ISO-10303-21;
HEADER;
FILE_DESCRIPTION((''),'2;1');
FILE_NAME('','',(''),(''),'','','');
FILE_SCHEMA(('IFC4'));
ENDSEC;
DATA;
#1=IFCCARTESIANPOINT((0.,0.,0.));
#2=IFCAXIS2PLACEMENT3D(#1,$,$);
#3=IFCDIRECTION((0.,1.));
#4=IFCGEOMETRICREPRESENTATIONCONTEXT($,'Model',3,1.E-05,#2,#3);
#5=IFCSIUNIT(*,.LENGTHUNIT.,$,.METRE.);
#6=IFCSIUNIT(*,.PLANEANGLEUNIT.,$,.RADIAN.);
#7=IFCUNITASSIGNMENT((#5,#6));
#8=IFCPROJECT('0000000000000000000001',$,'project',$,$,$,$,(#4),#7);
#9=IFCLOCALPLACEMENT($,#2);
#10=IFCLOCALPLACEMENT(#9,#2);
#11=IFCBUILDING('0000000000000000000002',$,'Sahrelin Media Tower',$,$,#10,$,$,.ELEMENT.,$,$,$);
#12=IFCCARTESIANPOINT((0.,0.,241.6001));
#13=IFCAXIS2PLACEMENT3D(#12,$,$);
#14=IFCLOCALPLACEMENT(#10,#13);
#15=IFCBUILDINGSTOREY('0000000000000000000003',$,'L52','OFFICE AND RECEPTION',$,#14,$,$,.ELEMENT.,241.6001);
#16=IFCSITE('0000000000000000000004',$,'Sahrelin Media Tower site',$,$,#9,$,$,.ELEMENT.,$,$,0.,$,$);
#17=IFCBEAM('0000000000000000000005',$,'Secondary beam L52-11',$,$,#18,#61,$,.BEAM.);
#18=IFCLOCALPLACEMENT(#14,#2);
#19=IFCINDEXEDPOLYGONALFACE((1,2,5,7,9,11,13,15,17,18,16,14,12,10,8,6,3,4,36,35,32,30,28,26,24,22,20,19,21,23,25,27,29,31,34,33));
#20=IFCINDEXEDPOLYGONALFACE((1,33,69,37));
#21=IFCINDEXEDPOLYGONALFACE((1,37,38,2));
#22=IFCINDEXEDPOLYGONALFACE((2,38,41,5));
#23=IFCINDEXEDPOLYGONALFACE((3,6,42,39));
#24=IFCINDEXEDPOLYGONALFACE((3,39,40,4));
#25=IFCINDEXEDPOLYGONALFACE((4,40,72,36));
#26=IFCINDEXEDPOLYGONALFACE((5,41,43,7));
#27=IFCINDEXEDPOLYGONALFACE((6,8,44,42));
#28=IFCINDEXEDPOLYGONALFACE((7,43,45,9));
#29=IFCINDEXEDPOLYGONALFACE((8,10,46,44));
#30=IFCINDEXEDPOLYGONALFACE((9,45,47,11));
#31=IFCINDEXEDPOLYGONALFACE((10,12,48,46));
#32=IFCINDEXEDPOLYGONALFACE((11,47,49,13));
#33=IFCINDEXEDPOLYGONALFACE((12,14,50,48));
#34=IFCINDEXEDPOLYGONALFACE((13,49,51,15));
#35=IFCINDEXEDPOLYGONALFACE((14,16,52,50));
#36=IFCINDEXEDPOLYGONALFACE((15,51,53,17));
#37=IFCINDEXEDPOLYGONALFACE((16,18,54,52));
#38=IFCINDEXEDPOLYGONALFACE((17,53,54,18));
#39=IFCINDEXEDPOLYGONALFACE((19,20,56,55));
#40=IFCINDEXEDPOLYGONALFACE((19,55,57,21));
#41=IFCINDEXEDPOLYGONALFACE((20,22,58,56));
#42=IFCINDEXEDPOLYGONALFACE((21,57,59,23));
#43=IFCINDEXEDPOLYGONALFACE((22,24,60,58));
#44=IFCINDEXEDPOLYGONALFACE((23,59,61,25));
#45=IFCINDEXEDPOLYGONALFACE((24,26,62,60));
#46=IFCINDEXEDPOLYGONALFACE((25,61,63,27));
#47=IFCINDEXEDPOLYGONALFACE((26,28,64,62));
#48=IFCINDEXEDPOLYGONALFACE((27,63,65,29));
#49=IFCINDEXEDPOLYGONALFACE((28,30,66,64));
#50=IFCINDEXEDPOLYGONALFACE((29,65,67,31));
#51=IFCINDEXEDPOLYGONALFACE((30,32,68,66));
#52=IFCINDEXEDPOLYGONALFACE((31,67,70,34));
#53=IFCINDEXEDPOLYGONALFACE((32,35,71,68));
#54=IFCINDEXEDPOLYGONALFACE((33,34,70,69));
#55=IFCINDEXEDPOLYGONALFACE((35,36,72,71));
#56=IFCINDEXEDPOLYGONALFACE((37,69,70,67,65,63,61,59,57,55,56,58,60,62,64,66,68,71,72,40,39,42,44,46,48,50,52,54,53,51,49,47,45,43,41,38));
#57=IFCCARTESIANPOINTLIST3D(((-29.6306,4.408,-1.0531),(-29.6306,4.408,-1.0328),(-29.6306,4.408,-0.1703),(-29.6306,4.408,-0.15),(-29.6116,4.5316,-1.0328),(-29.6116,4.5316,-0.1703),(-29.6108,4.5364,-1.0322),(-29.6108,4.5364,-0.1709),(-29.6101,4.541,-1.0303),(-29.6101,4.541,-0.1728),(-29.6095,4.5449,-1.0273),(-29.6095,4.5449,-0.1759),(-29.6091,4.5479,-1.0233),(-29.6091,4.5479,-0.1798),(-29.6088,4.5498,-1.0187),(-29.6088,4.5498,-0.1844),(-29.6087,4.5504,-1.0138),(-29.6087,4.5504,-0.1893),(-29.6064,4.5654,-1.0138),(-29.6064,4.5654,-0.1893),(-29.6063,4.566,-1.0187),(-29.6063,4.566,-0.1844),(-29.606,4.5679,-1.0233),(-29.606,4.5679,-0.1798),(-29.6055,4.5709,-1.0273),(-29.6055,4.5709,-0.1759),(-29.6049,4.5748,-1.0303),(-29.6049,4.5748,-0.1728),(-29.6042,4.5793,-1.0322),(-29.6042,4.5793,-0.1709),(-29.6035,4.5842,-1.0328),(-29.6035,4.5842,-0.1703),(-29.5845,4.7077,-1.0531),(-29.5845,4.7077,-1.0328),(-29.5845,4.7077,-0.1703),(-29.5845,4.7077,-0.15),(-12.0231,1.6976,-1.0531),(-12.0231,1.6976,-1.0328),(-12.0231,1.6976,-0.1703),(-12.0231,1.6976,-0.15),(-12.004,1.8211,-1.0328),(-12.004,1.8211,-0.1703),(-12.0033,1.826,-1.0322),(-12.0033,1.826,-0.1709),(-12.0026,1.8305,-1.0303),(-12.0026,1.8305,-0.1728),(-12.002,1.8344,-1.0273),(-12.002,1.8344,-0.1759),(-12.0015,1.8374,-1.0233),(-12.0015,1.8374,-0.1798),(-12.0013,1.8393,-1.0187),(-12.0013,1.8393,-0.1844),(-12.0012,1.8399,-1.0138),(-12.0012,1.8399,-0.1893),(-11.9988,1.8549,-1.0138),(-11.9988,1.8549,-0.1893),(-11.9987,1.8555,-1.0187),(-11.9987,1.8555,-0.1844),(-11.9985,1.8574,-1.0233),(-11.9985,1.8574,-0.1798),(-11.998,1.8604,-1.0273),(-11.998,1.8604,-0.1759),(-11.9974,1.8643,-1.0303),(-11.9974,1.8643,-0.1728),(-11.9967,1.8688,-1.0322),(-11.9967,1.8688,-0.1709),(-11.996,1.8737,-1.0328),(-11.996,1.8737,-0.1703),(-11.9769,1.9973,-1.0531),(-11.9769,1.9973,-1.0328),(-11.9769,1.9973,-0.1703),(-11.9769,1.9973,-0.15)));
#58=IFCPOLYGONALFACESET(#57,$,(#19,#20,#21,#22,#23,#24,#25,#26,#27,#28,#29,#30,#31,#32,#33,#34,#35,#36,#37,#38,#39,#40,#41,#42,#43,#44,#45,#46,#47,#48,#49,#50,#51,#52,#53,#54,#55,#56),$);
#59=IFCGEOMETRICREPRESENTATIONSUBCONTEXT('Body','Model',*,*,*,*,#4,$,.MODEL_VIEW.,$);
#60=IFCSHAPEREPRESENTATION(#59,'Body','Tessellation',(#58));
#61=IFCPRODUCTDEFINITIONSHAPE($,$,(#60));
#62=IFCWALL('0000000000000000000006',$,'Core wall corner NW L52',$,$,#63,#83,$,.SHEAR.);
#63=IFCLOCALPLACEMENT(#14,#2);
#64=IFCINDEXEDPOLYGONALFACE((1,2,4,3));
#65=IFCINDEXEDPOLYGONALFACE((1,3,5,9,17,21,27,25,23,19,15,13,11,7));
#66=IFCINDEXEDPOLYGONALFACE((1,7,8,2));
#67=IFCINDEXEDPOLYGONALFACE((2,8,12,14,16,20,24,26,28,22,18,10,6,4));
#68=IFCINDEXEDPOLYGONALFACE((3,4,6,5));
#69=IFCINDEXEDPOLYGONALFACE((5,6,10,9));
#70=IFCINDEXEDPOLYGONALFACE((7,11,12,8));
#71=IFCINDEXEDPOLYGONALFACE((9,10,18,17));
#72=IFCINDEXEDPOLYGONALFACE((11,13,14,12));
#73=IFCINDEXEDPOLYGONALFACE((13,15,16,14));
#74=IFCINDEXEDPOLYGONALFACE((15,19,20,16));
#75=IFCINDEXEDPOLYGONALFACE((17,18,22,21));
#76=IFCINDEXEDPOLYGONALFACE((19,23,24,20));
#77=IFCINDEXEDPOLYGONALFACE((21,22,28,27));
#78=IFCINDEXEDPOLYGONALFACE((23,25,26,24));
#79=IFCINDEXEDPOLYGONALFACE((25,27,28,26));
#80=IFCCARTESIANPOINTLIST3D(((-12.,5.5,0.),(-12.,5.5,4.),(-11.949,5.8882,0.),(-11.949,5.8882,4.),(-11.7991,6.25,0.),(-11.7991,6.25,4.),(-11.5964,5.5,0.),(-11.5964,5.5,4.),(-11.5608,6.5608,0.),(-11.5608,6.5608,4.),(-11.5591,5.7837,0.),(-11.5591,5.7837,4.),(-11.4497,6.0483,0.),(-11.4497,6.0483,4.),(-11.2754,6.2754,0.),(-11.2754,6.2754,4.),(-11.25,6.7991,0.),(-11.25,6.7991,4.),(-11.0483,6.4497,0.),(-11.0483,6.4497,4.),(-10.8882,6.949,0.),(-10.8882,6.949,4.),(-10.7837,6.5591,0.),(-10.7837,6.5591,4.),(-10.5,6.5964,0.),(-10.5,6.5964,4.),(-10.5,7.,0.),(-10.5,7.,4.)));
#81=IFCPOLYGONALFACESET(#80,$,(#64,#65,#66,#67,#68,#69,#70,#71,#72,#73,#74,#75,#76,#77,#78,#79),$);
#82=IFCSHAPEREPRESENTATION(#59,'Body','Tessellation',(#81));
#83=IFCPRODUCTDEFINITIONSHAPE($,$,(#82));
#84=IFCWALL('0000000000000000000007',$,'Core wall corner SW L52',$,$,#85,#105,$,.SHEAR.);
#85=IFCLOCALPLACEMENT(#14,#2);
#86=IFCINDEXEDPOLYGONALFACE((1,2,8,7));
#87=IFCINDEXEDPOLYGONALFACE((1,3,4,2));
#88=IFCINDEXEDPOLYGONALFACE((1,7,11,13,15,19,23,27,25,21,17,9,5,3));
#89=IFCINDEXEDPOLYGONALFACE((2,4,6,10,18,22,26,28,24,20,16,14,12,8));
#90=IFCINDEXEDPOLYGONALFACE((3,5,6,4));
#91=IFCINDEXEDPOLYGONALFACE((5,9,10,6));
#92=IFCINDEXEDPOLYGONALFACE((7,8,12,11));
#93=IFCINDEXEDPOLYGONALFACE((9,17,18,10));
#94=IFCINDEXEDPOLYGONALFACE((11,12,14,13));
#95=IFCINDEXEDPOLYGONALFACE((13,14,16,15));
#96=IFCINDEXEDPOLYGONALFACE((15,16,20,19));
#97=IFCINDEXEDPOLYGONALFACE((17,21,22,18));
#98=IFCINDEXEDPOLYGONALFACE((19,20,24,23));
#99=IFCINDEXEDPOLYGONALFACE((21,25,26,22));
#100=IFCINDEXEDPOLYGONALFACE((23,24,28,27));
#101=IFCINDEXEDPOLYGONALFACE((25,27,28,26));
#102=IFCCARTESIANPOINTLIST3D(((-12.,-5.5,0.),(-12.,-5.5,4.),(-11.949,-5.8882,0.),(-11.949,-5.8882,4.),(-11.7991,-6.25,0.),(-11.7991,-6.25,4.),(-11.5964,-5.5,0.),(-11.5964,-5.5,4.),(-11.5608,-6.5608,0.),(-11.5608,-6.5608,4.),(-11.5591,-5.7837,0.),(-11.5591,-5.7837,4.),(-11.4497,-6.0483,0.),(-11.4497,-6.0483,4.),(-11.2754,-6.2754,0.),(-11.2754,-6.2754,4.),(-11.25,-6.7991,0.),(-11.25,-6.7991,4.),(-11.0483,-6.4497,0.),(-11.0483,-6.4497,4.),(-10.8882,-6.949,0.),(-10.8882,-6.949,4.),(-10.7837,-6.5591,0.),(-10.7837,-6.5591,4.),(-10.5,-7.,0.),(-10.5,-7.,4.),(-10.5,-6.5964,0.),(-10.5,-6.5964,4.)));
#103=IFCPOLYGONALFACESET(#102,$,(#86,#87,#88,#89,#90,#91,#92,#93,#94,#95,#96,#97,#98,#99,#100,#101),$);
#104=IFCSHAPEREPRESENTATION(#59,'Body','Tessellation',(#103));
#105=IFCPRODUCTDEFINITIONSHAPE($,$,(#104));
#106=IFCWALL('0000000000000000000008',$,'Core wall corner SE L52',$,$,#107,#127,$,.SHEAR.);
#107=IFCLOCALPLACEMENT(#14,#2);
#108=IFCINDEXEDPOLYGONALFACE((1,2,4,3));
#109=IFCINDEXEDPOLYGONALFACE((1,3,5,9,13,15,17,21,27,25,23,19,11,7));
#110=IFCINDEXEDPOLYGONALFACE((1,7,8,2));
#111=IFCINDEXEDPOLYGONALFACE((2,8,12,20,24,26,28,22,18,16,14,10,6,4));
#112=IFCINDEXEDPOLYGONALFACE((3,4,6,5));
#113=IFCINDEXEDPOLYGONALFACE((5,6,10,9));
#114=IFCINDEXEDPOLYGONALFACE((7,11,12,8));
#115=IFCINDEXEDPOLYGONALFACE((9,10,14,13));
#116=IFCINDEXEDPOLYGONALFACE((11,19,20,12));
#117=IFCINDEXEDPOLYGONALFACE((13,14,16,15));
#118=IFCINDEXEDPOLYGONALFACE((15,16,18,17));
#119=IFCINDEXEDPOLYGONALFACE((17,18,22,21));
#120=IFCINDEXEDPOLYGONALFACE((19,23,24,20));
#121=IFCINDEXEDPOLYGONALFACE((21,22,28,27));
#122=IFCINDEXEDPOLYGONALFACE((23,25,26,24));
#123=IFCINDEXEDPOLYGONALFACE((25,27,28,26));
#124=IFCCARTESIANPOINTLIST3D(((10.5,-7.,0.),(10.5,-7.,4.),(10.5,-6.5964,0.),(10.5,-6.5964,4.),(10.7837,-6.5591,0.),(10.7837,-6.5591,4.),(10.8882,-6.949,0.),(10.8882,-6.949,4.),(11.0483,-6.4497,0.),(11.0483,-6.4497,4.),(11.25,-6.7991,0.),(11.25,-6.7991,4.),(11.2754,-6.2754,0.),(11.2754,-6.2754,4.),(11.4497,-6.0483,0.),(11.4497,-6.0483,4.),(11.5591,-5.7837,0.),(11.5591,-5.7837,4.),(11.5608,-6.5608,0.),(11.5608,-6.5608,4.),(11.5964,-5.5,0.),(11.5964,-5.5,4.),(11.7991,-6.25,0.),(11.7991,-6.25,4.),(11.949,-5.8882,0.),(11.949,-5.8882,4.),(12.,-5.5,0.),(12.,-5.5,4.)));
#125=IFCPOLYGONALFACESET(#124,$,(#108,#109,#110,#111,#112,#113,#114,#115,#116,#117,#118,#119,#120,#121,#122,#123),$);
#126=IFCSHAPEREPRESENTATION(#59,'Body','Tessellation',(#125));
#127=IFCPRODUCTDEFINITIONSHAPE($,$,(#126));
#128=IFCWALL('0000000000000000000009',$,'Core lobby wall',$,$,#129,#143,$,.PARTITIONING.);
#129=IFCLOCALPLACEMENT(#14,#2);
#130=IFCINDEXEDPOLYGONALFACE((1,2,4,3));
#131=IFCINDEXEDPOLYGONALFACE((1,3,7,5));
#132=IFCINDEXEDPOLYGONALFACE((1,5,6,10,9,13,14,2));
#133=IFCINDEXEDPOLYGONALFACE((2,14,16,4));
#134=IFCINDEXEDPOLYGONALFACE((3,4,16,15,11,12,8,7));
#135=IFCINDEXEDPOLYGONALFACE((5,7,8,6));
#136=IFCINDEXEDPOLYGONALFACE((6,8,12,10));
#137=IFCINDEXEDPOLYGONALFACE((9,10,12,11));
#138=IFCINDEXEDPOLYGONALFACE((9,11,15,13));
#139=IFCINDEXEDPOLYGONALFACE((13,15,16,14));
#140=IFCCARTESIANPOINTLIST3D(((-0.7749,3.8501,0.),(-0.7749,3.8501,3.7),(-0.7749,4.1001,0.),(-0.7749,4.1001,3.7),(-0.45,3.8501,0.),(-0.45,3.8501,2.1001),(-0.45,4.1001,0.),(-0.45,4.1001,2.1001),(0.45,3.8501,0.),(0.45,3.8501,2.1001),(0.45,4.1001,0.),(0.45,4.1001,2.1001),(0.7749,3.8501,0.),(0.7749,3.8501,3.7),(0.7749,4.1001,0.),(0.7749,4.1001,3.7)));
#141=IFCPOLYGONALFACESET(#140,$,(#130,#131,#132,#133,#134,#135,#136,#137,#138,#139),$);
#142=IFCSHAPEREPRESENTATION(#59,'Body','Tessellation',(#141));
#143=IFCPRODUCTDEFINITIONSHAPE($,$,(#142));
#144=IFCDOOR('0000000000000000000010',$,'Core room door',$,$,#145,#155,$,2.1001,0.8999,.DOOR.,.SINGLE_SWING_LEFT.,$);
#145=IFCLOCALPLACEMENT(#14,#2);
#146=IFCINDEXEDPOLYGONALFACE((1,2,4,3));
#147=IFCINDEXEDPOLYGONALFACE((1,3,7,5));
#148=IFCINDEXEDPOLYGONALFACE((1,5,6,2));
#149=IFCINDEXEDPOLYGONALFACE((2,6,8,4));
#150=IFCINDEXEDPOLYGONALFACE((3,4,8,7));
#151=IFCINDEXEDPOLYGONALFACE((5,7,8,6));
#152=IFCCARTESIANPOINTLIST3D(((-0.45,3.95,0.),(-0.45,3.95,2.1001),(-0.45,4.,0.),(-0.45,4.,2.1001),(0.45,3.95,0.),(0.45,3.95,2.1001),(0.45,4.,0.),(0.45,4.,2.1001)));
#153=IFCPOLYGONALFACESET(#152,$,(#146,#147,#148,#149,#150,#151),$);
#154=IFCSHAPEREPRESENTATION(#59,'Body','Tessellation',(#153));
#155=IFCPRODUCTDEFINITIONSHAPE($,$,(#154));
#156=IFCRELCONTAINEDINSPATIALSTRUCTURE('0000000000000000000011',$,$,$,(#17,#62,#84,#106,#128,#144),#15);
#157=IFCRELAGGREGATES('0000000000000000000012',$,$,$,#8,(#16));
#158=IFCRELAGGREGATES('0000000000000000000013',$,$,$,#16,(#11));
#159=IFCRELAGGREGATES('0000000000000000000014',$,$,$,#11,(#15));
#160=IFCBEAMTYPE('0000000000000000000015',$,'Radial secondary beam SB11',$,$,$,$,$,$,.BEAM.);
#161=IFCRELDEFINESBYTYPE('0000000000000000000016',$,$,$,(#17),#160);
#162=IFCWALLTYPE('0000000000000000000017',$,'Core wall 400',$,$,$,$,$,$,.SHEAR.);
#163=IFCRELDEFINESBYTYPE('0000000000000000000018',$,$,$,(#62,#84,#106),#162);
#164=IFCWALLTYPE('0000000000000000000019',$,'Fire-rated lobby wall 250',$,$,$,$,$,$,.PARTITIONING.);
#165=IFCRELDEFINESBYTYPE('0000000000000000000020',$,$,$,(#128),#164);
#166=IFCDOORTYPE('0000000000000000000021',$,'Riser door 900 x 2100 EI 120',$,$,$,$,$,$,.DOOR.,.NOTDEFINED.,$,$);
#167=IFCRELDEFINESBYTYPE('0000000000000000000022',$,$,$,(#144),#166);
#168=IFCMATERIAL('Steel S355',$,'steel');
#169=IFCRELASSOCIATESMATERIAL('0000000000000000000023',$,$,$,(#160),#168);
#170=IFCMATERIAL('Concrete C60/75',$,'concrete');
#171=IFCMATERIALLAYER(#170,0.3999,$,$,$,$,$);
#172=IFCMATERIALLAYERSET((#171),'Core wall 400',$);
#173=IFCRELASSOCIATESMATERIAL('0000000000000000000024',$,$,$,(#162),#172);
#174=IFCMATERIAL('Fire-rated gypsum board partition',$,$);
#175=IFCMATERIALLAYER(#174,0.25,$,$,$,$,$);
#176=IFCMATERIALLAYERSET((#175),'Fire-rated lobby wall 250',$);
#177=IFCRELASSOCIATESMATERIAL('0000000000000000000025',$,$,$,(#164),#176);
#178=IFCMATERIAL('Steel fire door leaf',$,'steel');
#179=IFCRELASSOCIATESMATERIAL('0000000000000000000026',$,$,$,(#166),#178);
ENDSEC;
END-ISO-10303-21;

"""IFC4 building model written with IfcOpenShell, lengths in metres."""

from ifc_helpers import new_model, si_unit, direction, frame, frame_2d, origin, origin_2d, place, context, subcontext, project, spatial, polyline, rectangle, i_section, outline, extrude, material, layer, layer_set, material_profile, profile_set, type_object, element, fill, save


model = new_model("IFC4")

# Units and contexts
model_context = context("Model", 3, precision=1e-05, world=origin(), true_north=direction((0.0, 1.0)))
body_context = subcontext(model_context, "Body", "Model", "MODEL_VIEW")
ifc_project = project(units=[si_unit("LENGTHUNIT", "METRE"), si_unit("PLANEANGLEUNIT", "RADIAN")], contexts=[model_context])

# Site, building, storey
site_placement = place(None, origin())
site = spatial("IfcSite", under=ifc_project, at=site_placement, Name="Sahrelin Media Tower site", CompositionType="ELEMENT", RefElevation=0.0)
building_placement = place(site_placement, origin())
building = spatial("IfcBuilding", under=site, at=building_placement, Name="Sahrelin Media Tower", CompositionType="ELEMENT")
storey_placement = place(building_placement, frame((0.0, 0.0, 241.6001)))
storey = spatial("IfcBuildingStorey", under=building, at=storey_placement, Name="L52", Description="OFFICE AND RECEPTION", CompositionType="ELEMENT", Elevation=241.6001)

# Beam
ifc_material_1 = material(Name="Steel S355", Category="steel")
ifc_material_profile_1 = material_profile(ifc_material_1, i_section(OverallWidth=0.3032, OverallDepth=0.9031, WebThickness=0.0151, FlangeThickness=0.0203, FilletRadius=0.019, at=origin_2d()), Name="UB 914x305x201")
ifc_profile_set_1 = profile_set([ifc_material_profile_1], Name="Steel S355")
beam_type_1 = type_object("IfcBeamType", Name="Radial secondary beam SB11", PredefinedType="BEAM", material=ifc_profile_set_1)
beam_1_placement = place(storey_placement, frame((-12.0, 1.8474, -0.6016), z_axis=(-0.988358, 0.152146, 0.0), x_axis=(-0.152146, -0.988358, 0.0)))
element("IfcBeam", 1, at=beam_1_placement, inside=storey, type_object=beam_type_1, Name="Secondary beam L52-11", PredefinedType="BEAM", context=body_context, shape_type="SweptSolid", body=[
    extrude(i_section(OverallWidth=0.3032, OverallDepth=0.9031, WebThickness=0.0151, FlangeThickness=0.0203, FilletRadius=0.019, at=origin_2d()), origin(), (0.0, 0.0, 1.0), 17.8149),
])

# Walls
ifc_material_2 = material(Name="Concrete C60/75", Category="concrete")
ifc_layer_1 = layer(ifc_material_2, 0.3999)
ifc_layer_set_1 = layer_set([ifc_layer_1], Name="Core wall 400")
wall_type_1 = type_object("IfcWallType", Name="Core wall 400", PredefinedType="SHEAR", material=ifc_layer_set_1)
placement = place(storey_placement, origin())
element("IfcWall", 2, at=placement, inside=storey, type_object=wall_type_1, Name="Core wall corner NW L52", PredefinedType="SHEAR", context=body_context, shape_type="SweptSolid", body=[
    extrude(outline(polyline([(-12.0, 5.5), (-11.5964, 5.5), (-11.5591, 5.7837), (-11.4497, 6.0483), (-11.2754, 6.2754), (-11.0483, 6.4497), (-10.7837, 6.5591), (-10.5, 6.5964), (-10.5, 7.0), (-10.8882, 6.949), (-11.25, 6.7991), (-11.5608, 6.5608), (-11.7991, 6.25), (-11.949, 5.8882), (-12.0, 5.5)])), origin(), (0.0, 0.0, 1.0), 4.0),
])
element("IfcWall", 3, at=placement, inside=storey, type_object=wall_type_1, Name="Core wall corner SW L52", PredefinedType="SHEAR", context=body_context, shape_type="SweptSolid", body=[
    extrude(outline(polyline([(-10.5, -7.0), (-10.5, -6.5964), (-10.7837, -6.5591), (-11.0483, -6.4497), (-11.2754, -6.2754), (-11.4497, -6.0483), (-11.5591, -5.7837), (-11.5964, -5.5), (-12.0, -5.5), (-11.949, -5.8882), (-11.7991, -6.25), (-11.5608, -6.5608), (-11.25, -6.7991), (-10.8882, -6.949), (-10.5, -7.0)])), origin(), (0.0, 0.0, 1.0), 4.0),
])
element("IfcWall", 4, at=placement, inside=storey, type_object=wall_type_1, Name="Core wall corner SE L52", PredefinedType="SHEAR", context=body_context, shape_type="SweptSolid", body=[
    extrude(outline(polyline([(12.0, -5.5), (11.5964, -5.5), (11.5591, -5.7837), (11.4497, -6.0483), (11.2754, -6.2754), (11.0483, -6.4497), (10.7837, -6.5591), (10.5, -6.5964), (10.5, -7.0), (10.8882, -6.949), (11.25, -6.7991), (11.5608, -6.5608), (11.7991, -6.25), (11.949, -5.8882), (12.0, -5.5)])), origin(), (0.0, 0.0, 1.0), 4.0),
])

# Wall, opening, door
ifc_material_3 = material(Name="Fire-rated gypsum board partition")
ifc_layer_2 = layer(ifc_material_3, 0.25)
ifc_layer_set_2 = layer_set([ifc_layer_2], Name="Fire-rated lobby wall 250")
wall_type_2 = type_object("IfcWallType", Name="Fire-rated lobby wall 250", PredefinedType="PARTITIONING", material=ifc_layer_set_2)
wall_1_placement = place(storey_placement, frame((-0.7749, 3.9751, 0.0), z_axis=(0.0, 0.0, 1.0), x_axis=(1.0, 0.0, 0.0)))
wall_1 = element("IfcWall", 5, at=wall_1_placement, inside=storey, type_object=wall_type_2, Name="Core lobby wall", PredefinedType="PARTITIONING", context=body_context, shape_type="SweptSolid", body=[
    extrude(rectangle(XDim=1.5498, YDim=0.25, at=frame_2d((0.7749, 0.0))), origin(), (0.0, 0.0, 1.0), 3.7),
])
opening_1_placement = place(wall_1_placement, frame((0.325, 0.0, 0.0)))
opening_1 = element("IfcOpeningElement", 6, at=opening_1_placement, cuts=wall_1, PredefinedType="OPENING", context=body_context, shape_type="SweptSolid", body=[
    extrude(rectangle(XDim=0.8999, YDim=2.1001, at=frame_2d((0.45, 1.05))), frame((0.0, 0.125, 0.0), z_axis=(0.0, -1.0, 0.0), x_axis=(1.0, 0.0, 0.0)), (0.0, 0.0, 1.0), 0.25),
])
ifc_material_4 = material(Name="Steel fire door leaf", Category="steel")
door_type_1 = type_object("IfcDoorType", Name="Riser door 900 x 2100 EI 120", OperationType="NOTDEFINED", PredefinedType="DOOR", material=ifc_material_4)
door_1_placement = place(opening_1_placement, origin())
door_1 = element("IfcDoor", 7, at=door_1_placement, inside=storey, type_object=door_type_1, Name="Core room door", OperationType="SINGLE_SWING_LEFT", OverallHeight=2.1001, OverallWidth=0.8999, PredefinedType="DOOR", context=body_context, shape_type="SweptSolid", body=[
    extrude(rectangle(XDim=0.8999, YDim=2.1001, at=frame_2d((0.45, 1.05))), frame((0.0, 0.0249, 0.0), z_axis=(0.0, -1.0, 0.0), x_axis=(1.0, 0.0, 0.0)), (0.0, 0.0, 1.0), 0.05),
])
fill(opening_1, door_1)

save(model, "model.ifc")
